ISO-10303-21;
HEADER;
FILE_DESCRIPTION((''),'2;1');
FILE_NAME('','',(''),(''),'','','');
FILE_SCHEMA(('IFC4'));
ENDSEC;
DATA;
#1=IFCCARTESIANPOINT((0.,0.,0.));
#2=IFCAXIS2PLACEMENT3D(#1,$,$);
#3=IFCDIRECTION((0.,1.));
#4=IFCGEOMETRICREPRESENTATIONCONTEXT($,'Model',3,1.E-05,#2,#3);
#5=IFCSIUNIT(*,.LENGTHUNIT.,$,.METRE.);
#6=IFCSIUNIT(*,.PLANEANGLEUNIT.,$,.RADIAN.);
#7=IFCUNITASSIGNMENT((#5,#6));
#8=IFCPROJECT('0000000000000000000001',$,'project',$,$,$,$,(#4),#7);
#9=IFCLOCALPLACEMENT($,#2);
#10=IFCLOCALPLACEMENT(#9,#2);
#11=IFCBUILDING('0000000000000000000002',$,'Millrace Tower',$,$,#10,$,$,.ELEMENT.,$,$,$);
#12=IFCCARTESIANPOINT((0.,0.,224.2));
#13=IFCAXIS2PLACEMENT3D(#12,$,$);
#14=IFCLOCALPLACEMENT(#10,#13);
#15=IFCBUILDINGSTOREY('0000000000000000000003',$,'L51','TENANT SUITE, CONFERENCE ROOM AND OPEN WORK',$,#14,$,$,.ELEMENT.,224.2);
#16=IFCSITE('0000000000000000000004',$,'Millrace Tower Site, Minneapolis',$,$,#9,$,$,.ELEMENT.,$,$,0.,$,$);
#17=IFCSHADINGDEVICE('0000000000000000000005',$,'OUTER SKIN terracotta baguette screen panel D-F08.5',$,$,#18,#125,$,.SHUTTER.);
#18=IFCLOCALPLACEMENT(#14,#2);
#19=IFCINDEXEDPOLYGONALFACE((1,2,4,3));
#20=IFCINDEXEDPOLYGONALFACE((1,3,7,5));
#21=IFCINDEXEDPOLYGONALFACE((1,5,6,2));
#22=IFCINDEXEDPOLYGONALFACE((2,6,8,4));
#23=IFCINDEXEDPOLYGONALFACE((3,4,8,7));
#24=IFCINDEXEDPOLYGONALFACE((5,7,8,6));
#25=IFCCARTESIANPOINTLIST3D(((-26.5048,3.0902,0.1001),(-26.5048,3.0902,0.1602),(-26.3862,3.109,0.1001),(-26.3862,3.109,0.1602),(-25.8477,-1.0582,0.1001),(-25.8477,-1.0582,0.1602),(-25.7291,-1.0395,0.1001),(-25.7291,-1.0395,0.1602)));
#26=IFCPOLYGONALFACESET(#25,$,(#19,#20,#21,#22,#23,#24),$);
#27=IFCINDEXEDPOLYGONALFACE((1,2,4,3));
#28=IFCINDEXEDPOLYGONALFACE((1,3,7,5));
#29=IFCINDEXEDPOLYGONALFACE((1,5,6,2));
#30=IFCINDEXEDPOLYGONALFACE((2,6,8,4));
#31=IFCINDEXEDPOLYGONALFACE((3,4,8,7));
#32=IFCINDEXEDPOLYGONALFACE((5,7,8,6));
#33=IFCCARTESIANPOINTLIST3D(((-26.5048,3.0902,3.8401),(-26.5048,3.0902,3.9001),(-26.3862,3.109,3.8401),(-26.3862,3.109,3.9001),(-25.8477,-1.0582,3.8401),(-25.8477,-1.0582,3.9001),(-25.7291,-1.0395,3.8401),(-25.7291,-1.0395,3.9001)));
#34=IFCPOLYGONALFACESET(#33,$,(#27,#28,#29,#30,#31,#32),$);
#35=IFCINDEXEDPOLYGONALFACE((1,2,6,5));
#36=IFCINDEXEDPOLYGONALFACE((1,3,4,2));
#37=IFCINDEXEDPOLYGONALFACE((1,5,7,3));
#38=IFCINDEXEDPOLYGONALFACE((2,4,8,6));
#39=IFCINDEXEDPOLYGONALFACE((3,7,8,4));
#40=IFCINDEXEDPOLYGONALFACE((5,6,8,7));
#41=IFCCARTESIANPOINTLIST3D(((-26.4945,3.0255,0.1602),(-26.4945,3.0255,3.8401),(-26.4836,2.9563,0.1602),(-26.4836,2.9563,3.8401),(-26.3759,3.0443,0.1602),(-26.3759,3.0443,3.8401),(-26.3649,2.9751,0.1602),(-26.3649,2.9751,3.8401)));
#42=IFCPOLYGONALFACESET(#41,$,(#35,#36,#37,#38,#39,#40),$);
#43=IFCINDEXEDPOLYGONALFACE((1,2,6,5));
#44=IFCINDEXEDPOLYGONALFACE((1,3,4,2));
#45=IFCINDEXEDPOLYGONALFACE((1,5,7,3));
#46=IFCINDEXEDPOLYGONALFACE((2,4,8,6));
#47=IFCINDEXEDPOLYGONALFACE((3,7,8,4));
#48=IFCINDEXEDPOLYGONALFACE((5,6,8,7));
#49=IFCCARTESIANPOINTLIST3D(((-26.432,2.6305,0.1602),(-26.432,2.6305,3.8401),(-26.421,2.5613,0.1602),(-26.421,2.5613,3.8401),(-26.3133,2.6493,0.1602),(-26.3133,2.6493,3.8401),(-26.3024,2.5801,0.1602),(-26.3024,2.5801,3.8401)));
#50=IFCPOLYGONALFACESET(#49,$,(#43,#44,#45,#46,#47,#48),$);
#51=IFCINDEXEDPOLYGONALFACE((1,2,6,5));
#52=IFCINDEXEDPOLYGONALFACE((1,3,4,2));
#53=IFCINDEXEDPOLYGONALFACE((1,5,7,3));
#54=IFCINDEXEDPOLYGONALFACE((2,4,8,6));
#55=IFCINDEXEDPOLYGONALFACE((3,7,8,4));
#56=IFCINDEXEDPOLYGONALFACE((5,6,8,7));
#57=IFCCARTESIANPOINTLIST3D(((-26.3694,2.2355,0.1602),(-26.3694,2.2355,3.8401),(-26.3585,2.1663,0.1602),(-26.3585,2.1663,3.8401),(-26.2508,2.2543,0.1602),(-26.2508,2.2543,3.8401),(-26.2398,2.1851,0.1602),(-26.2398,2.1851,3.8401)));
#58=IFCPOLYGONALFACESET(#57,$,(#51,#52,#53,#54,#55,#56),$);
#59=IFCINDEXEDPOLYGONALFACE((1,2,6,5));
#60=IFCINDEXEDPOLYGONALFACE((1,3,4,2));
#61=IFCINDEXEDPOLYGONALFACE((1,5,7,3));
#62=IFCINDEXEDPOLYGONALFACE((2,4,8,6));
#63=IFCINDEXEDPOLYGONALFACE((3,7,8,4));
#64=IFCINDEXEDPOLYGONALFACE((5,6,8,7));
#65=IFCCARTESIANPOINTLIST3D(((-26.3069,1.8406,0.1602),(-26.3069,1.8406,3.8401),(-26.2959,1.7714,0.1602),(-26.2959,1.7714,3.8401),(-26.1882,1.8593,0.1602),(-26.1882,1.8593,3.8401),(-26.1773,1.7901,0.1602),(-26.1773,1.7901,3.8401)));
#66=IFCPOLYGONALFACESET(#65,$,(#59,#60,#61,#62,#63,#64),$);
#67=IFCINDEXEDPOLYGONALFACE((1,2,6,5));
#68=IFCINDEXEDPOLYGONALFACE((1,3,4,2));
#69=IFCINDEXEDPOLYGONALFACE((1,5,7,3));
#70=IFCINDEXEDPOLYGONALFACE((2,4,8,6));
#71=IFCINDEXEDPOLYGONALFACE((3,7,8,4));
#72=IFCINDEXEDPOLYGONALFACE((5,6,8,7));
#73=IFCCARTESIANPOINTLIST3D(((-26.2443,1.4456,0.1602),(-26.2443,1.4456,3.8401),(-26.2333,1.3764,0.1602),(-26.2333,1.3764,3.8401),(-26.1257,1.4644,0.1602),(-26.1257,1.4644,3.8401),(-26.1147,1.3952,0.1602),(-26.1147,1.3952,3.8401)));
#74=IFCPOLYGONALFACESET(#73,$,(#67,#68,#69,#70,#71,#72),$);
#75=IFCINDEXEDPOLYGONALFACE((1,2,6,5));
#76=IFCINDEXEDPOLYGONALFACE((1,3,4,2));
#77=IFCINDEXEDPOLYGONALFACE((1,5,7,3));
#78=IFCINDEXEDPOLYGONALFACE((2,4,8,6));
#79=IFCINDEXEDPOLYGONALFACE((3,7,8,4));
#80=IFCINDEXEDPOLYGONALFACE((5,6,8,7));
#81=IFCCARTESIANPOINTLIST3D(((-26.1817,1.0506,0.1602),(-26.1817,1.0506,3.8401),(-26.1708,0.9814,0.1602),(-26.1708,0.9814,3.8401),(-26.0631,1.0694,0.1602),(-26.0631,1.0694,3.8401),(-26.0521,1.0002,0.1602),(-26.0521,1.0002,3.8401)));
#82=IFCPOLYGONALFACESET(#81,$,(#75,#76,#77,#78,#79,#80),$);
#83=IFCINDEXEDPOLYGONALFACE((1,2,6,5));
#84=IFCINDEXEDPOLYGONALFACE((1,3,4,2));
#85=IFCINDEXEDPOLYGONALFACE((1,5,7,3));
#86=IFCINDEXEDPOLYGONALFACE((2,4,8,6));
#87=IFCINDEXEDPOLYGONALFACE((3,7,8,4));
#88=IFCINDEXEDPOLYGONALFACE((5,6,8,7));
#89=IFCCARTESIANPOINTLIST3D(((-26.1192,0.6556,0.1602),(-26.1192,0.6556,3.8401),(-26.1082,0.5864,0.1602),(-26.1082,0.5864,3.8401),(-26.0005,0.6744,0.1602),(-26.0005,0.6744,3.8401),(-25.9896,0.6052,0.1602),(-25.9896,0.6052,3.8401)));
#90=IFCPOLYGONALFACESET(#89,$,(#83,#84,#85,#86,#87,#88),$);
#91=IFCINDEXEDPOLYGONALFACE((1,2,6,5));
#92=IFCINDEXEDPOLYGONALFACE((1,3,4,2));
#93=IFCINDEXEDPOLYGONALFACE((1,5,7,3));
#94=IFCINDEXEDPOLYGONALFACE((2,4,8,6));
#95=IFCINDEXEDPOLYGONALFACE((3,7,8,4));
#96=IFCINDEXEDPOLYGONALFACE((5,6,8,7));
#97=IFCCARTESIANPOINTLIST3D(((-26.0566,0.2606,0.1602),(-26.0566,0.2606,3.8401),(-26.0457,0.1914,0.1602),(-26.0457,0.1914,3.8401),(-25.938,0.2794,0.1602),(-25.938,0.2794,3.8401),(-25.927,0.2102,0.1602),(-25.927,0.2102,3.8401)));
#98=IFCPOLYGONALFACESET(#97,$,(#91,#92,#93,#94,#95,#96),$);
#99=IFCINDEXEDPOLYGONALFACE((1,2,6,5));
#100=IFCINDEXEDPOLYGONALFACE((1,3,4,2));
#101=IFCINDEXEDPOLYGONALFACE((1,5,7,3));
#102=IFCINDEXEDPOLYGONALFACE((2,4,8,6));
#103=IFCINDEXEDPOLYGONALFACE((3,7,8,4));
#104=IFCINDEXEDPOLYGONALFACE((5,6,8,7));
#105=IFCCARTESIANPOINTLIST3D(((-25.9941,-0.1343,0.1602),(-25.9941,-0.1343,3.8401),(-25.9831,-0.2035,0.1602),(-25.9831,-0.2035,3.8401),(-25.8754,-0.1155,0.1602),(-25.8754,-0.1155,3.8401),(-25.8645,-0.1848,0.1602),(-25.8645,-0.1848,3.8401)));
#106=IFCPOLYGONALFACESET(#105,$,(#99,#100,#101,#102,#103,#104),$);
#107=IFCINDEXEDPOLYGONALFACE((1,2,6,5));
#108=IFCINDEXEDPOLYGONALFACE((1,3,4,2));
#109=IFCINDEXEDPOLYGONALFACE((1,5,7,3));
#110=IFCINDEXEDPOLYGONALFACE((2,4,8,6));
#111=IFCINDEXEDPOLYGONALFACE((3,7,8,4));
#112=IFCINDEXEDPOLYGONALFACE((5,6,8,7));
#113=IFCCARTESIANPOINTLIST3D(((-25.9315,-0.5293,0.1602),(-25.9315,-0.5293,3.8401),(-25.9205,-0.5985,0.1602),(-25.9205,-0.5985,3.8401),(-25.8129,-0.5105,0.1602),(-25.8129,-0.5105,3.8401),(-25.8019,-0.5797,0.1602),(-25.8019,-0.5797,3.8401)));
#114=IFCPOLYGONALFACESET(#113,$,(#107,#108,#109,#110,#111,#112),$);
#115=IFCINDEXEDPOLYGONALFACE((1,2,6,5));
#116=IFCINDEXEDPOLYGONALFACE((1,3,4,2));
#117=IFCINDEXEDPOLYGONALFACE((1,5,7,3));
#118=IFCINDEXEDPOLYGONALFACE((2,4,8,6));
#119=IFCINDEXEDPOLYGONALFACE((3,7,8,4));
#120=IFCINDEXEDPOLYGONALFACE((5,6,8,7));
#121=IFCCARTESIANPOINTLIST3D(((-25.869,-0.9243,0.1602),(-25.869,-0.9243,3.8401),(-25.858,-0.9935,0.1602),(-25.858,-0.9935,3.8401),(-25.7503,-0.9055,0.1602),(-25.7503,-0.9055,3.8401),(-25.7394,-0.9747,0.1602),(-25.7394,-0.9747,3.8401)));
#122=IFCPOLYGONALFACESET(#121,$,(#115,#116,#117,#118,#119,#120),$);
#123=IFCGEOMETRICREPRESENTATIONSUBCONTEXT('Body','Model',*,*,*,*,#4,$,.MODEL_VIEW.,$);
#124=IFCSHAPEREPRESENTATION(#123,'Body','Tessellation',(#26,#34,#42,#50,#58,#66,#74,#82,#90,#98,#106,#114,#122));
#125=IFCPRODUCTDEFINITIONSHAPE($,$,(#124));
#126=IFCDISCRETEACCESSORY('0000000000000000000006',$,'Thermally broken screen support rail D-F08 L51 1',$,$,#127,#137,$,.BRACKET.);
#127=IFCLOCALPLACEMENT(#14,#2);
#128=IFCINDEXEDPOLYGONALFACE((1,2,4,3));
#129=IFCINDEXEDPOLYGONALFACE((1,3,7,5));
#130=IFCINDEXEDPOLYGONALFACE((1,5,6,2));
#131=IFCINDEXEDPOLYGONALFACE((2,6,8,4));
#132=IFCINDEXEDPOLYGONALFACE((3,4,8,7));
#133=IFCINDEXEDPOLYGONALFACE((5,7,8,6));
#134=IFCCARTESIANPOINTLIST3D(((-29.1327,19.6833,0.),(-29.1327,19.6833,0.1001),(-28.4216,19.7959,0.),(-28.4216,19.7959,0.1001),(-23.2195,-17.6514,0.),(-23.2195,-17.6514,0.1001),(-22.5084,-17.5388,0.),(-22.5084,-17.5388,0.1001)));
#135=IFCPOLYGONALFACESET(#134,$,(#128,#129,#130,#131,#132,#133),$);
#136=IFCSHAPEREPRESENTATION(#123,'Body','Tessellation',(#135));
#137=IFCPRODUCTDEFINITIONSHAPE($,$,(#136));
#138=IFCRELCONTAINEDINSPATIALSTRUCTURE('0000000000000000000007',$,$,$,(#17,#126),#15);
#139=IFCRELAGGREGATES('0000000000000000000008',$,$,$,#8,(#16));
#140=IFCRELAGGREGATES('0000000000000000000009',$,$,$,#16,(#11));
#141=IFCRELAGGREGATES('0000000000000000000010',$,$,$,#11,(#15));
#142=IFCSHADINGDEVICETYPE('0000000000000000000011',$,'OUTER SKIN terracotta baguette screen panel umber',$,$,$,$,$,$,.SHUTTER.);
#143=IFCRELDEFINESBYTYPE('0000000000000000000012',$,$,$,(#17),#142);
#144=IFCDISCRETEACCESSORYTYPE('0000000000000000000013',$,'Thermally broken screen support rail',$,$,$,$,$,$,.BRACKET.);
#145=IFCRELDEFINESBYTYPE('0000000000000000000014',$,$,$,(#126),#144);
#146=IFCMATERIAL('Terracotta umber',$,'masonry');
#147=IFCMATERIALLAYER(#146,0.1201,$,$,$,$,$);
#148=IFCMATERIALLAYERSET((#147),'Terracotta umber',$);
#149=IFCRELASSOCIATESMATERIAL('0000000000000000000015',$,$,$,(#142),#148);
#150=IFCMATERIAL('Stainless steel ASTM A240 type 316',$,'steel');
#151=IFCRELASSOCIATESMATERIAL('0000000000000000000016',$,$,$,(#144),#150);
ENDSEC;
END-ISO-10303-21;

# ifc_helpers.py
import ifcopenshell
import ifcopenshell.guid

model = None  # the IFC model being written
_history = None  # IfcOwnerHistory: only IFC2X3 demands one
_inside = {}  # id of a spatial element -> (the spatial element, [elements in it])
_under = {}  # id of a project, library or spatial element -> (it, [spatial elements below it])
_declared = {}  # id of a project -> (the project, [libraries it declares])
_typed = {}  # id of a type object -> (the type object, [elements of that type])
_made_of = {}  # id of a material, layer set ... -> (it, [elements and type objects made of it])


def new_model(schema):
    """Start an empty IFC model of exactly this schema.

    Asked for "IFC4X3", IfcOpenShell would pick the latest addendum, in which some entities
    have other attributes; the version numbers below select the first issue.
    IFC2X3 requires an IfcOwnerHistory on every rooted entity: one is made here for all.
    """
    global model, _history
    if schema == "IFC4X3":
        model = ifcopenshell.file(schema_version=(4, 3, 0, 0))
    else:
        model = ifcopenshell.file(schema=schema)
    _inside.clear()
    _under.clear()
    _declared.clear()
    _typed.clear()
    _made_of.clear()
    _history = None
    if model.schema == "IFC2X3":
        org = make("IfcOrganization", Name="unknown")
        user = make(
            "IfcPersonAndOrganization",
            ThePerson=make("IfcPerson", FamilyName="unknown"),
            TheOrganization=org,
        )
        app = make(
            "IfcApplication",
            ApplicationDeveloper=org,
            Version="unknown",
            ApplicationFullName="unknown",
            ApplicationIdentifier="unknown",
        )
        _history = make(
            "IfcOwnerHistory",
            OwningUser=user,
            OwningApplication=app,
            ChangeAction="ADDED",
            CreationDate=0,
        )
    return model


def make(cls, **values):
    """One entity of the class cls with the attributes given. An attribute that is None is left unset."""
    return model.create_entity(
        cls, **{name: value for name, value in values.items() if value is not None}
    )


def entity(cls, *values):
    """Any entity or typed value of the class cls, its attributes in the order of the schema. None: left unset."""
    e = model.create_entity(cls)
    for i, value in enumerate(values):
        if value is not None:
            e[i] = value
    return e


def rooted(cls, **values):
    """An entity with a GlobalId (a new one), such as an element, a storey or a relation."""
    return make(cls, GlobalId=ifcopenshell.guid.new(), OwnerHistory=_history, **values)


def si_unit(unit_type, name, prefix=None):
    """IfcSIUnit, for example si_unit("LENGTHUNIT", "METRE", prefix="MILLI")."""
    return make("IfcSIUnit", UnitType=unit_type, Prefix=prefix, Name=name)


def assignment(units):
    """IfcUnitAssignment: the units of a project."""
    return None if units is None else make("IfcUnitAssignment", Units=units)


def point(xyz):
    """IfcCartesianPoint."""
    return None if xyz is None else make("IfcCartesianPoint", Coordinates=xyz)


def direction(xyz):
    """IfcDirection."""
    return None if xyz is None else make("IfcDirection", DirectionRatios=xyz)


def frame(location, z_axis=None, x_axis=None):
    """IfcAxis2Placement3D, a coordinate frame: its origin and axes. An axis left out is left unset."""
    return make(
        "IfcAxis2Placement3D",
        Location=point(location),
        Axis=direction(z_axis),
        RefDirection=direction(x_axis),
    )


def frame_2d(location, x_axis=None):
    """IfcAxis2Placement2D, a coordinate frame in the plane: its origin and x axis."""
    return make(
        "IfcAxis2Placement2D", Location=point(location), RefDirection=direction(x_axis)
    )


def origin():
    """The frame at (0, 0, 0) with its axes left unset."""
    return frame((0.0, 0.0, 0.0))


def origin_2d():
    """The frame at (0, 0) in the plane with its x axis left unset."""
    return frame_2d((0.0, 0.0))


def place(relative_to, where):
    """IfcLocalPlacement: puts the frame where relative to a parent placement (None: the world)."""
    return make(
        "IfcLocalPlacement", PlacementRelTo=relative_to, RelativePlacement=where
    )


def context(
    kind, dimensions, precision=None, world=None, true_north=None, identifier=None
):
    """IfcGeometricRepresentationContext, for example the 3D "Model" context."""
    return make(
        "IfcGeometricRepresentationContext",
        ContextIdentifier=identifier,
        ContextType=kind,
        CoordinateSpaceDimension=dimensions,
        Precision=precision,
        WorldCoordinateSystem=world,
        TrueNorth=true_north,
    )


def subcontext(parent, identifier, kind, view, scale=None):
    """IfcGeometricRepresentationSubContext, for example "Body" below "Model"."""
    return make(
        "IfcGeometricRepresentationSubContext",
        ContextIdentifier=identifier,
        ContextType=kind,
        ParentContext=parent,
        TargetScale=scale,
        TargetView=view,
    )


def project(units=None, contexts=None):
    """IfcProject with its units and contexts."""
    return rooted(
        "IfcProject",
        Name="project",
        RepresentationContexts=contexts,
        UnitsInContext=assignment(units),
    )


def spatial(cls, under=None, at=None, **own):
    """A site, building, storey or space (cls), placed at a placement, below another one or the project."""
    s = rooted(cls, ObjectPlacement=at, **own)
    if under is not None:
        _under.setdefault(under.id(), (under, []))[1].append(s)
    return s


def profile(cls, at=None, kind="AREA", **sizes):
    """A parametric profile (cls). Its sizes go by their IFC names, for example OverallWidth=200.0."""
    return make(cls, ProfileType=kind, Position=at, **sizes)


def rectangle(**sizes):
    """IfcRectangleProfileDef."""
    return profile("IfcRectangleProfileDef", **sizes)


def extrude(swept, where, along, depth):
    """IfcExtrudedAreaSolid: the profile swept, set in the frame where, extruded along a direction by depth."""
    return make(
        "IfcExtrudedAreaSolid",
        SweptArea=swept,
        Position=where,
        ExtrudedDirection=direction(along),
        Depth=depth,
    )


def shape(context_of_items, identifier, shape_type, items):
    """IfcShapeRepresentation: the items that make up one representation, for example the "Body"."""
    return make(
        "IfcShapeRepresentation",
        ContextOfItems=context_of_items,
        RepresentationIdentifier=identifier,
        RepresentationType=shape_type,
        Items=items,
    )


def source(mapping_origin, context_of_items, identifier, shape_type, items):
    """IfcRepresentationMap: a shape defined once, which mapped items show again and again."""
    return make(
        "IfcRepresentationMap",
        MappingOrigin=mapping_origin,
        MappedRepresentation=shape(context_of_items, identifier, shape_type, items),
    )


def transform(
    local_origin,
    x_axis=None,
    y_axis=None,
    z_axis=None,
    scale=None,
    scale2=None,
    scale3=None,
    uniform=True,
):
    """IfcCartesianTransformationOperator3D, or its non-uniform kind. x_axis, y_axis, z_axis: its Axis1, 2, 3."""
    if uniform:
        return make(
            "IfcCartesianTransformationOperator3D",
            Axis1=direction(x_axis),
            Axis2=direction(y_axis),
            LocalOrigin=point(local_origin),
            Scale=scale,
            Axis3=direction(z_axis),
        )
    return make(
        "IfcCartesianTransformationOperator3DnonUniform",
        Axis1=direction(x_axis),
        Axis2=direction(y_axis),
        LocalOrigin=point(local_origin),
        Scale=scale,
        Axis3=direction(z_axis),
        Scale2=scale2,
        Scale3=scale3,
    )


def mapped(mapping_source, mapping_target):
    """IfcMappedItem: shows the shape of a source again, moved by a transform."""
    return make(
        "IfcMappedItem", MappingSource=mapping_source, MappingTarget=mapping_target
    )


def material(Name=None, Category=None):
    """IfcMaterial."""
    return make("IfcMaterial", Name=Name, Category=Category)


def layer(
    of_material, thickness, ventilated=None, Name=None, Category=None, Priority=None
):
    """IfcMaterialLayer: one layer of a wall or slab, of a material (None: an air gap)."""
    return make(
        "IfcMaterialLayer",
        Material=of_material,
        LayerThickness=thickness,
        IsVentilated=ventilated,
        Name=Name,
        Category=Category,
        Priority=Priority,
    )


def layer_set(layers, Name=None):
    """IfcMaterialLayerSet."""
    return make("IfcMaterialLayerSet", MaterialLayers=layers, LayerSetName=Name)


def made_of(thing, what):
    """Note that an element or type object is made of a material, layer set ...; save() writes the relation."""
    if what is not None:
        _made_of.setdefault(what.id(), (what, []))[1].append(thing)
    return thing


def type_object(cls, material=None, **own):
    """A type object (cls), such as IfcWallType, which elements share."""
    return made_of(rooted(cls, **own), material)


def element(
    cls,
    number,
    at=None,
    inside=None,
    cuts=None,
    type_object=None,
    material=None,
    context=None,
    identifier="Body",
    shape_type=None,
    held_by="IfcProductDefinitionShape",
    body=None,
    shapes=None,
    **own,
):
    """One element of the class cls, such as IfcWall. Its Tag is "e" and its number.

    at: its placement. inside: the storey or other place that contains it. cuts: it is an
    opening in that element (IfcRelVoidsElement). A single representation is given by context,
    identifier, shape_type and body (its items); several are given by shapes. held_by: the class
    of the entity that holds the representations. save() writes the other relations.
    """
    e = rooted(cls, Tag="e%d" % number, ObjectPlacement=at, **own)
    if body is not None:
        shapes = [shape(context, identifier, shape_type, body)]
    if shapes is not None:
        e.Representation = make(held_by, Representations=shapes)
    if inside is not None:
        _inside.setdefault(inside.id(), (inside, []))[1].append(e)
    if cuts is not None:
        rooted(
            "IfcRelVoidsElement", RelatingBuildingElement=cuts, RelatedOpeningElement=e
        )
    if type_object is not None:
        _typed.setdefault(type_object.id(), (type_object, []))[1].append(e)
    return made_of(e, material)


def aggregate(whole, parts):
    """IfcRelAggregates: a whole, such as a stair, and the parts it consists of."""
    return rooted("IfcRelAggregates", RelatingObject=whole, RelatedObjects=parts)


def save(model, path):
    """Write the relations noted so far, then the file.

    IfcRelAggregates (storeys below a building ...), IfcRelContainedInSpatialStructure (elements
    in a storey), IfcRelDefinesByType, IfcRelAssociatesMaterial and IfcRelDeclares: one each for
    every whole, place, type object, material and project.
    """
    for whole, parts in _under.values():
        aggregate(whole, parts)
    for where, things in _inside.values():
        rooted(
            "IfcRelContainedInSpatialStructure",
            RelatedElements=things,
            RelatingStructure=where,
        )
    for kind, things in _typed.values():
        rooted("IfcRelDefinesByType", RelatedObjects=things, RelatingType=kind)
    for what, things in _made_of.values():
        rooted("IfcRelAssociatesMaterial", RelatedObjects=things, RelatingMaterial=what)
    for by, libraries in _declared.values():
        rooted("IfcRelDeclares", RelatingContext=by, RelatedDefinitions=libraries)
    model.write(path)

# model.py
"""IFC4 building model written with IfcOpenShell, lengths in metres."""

from ifc_helpers import new_model, entity, si_unit, direction, frame, frame_2d, origin, origin_2d, place, context, subcontext, project, spatial, rectangle, extrude, source, transform, mapped, material, layer, layer_set, type_object, element, save


model = new_model("IFC4")

# Units and contexts
model_context = context("Model", 3, precision=1e-05, world=origin(), true_north=direction((0.0, 1.0)))
body_context = subcontext(model_context, "Body", "Model", "MODEL_VIEW")
ifc_project = project(units=[si_unit("LENGTHUNIT", "METRE"), si_unit("PLANEANGLEUNIT", "RADIAN")], contexts=[model_context])

# Site, building, storey
site_placement = place(None, origin())
site = spatial("IfcSite", under=ifc_project, at=site_placement, Name="Millrace Tower Site, Minneapolis", CompositionType="ELEMENT", RefElevation=0.0)
building_placement = place(site_placement, origin())
building = spatial("IfcBuilding", under=site, at=building_placement, Name="Millrace Tower", CompositionType="ELEMENT")
storey_placement = place(building_placement, frame((0.0, 0.0, 224.2)))
storey = spatial("IfcBuildingStorey", under=building, at=storey_placement, Name="L51", Description="TENANT SUITE, CONFERENCE ROOM AND OPEN WORK", CompositionType="ELEMENT", Elevation=224.2)

# Shading device
ifc_material_1 = material(Name="Terracotta umber", Category="masonry")
ifc_layer_1 = layer(ifc_material_1, 0.1201)
ifc_layer_set_1 = layer_set([ifc_layer_1], Name="Terracotta umber")
shading_device_type = type_object("IfcShadingDeviceType", Name="OUTER SKIN terracotta baguette screen panel umber", PredefinedType="SHUTTER", material=ifc_layer_set_1)
cartesian_point = entity("IfcCartesianPoint", [-2.1001, 0.0601])
shared_polyline = entity("IfcPolyline", [cartesian_point, entity("IfcCartesianPoint", [2.1001, 0.0601]), entity("IfcCartesianPoint", [2.1001, -0.0601]), entity("IfcCartesianPoint", [-2.1001, -0.0601]), cartesian_point])
shared_shape = source(origin(), body_context, "Body", "SweptSolid", [
    entity("IfcExtrudedAreaSolid", entity("IfcArbitraryClosedProfileDef", "AREA", None, shared_polyline), entity("IfcAxis2Placement3D", entity("IfcCartesianPoint", [0.0, 0.0, 0.0])), entity("IfcDirection", [0.0, 0.0, 1.0]), 0.0601),
    entity("IfcExtrudedAreaSolid", entity("IfcArbitraryClosedProfileDef", "AREA", None, shared_polyline), entity("IfcAxis2Placement3D", entity("IfcCartesianPoint", [0.0, 0.0, 3.74])), entity("IfcDirection", [0.0, 0.0, 1.0]), 0.0601),
    extrude(rectangle(XDim=0.0701, YDim=0.1201, at=frame_2d((-1.9995, 0.0))), frame((0.0, 0.0, 0.0601)), (0.0, 0.0, 1.0), 3.6799),
    extrude(rectangle(XDim=0.0701, YDim=0.1201, at=frame_2d((-1.5996, 0.0))), frame((0.0, 0.0, 0.0601)), (0.0, 0.0, 1.0), 3.6799),
    extrude(rectangle(XDim=0.0701, YDim=0.1201, at=frame_2d((-1.1997, 0.0))), frame((0.0, 0.0, 0.0601)), (0.0, 0.0, 1.0), 3.6799),
    extrude(rectangle(XDim=0.0701, YDim=0.1201, at=frame_2d((-0.7998, 0.0))), frame((0.0, 0.0, 0.0601)), (0.0, 0.0, 1.0), 3.6799),
    extrude(rectangle(XDim=0.0701, YDim=0.1201, at=frame_2d((-0.3999, 0.0))), frame((0.0, 0.0, 0.0601)), (0.0, 0.0, 1.0), 3.6799),
    extrude(rectangle(XDim=0.0701, YDim=0.1201, at=origin_2d()), frame((0.0, 0.0, 0.0601)), (0.0, 0.0, 1.0), 3.6799),
    extrude(rectangle(XDim=0.0701, YDim=0.1201, at=frame_2d((0.3999, 0.0))), frame((0.0, 0.0, 0.0601)), (0.0, 0.0, 1.0), 3.6799),
    extrude(rectangle(XDim=0.0701, YDim=0.1201, at=frame_2d((0.7998, 0.0))), frame((0.0, 0.0, 0.0601)), (0.0, 0.0, 1.0), 3.6799),
    extrude(rectangle(XDim=0.0701, YDim=0.1201, at=frame_2d((1.1997, 0.0))), frame((0.0, 0.0, 0.0601)), (0.0, 0.0, 1.0), 3.6799),
    extrude(rectangle(XDim=0.0701, YDim=0.1201, at=frame_2d((1.5996, 0.0))), frame((0.0, 0.0, 0.0601)), (0.0, 0.0, 1.0), 3.6799),
    extrude(rectangle(XDim=0.0701, YDim=0.1201, at=frame_2d((1.9995, 0.0))), frame((0.0, 0.0, 0.0601)), (0.0, 0.0, 1.0), 3.6799),
])
for number, where, z_axis, x_axis, name in (
    (1, (-26.1169, 1.0254, 0.1001), (0.0, 0.0, 1.0), (0.156434, -0.987688, 0.0), "OUTER SKIN terracotta baguette screen panel D-F08.5"),
):
    element("IfcShadingDevice", number, at=place(storey_placement, frame(where, z_axis=z_axis, x_axis=x_axis)), inside=storey, type_object=shading_device_type, Name=name, PredefinedType="SHUTTER", context=body_context, shape_type="MappedRepresentation", body=[
        mapped(shared_shape, transform((0.0, 0.0, 0.0), scale=1.0)),
    ])

# Discrete accessory
ifc_material_2 = material(Name="Stainless steel ASTM A240 type 316", Category="steel")
discrete_accessory_type = type_object("IfcDiscreteAccessoryType", Name="Thermally broken screen support rail", PredefinedType="BRACKET", material=ifc_material_2)
discrete_accessory_placement = place(storey_placement, frame((-25.8206, 1.0723, 0.0), z_axis=(0.0, 0.0, 1.0), x_axis=(0.156434, -0.987688, 0.0)))
element("IfcDiscreteAccessory", 2, at=discrete_accessory_placement, inside=storey, type_object=discrete_accessory_type, Name="Thermally broken screen support rail D-F08 L51 1", PredefinedType="BRACKET", context=body_context, shape_type="SweptSolid", body=[
    extrude(rectangle(XDim=37.8, YDim=0.72, at=origin_2d()), origin(), (0.0, 0.0, 1.0), 0.1001),
])

save(model, "model.ifc")
